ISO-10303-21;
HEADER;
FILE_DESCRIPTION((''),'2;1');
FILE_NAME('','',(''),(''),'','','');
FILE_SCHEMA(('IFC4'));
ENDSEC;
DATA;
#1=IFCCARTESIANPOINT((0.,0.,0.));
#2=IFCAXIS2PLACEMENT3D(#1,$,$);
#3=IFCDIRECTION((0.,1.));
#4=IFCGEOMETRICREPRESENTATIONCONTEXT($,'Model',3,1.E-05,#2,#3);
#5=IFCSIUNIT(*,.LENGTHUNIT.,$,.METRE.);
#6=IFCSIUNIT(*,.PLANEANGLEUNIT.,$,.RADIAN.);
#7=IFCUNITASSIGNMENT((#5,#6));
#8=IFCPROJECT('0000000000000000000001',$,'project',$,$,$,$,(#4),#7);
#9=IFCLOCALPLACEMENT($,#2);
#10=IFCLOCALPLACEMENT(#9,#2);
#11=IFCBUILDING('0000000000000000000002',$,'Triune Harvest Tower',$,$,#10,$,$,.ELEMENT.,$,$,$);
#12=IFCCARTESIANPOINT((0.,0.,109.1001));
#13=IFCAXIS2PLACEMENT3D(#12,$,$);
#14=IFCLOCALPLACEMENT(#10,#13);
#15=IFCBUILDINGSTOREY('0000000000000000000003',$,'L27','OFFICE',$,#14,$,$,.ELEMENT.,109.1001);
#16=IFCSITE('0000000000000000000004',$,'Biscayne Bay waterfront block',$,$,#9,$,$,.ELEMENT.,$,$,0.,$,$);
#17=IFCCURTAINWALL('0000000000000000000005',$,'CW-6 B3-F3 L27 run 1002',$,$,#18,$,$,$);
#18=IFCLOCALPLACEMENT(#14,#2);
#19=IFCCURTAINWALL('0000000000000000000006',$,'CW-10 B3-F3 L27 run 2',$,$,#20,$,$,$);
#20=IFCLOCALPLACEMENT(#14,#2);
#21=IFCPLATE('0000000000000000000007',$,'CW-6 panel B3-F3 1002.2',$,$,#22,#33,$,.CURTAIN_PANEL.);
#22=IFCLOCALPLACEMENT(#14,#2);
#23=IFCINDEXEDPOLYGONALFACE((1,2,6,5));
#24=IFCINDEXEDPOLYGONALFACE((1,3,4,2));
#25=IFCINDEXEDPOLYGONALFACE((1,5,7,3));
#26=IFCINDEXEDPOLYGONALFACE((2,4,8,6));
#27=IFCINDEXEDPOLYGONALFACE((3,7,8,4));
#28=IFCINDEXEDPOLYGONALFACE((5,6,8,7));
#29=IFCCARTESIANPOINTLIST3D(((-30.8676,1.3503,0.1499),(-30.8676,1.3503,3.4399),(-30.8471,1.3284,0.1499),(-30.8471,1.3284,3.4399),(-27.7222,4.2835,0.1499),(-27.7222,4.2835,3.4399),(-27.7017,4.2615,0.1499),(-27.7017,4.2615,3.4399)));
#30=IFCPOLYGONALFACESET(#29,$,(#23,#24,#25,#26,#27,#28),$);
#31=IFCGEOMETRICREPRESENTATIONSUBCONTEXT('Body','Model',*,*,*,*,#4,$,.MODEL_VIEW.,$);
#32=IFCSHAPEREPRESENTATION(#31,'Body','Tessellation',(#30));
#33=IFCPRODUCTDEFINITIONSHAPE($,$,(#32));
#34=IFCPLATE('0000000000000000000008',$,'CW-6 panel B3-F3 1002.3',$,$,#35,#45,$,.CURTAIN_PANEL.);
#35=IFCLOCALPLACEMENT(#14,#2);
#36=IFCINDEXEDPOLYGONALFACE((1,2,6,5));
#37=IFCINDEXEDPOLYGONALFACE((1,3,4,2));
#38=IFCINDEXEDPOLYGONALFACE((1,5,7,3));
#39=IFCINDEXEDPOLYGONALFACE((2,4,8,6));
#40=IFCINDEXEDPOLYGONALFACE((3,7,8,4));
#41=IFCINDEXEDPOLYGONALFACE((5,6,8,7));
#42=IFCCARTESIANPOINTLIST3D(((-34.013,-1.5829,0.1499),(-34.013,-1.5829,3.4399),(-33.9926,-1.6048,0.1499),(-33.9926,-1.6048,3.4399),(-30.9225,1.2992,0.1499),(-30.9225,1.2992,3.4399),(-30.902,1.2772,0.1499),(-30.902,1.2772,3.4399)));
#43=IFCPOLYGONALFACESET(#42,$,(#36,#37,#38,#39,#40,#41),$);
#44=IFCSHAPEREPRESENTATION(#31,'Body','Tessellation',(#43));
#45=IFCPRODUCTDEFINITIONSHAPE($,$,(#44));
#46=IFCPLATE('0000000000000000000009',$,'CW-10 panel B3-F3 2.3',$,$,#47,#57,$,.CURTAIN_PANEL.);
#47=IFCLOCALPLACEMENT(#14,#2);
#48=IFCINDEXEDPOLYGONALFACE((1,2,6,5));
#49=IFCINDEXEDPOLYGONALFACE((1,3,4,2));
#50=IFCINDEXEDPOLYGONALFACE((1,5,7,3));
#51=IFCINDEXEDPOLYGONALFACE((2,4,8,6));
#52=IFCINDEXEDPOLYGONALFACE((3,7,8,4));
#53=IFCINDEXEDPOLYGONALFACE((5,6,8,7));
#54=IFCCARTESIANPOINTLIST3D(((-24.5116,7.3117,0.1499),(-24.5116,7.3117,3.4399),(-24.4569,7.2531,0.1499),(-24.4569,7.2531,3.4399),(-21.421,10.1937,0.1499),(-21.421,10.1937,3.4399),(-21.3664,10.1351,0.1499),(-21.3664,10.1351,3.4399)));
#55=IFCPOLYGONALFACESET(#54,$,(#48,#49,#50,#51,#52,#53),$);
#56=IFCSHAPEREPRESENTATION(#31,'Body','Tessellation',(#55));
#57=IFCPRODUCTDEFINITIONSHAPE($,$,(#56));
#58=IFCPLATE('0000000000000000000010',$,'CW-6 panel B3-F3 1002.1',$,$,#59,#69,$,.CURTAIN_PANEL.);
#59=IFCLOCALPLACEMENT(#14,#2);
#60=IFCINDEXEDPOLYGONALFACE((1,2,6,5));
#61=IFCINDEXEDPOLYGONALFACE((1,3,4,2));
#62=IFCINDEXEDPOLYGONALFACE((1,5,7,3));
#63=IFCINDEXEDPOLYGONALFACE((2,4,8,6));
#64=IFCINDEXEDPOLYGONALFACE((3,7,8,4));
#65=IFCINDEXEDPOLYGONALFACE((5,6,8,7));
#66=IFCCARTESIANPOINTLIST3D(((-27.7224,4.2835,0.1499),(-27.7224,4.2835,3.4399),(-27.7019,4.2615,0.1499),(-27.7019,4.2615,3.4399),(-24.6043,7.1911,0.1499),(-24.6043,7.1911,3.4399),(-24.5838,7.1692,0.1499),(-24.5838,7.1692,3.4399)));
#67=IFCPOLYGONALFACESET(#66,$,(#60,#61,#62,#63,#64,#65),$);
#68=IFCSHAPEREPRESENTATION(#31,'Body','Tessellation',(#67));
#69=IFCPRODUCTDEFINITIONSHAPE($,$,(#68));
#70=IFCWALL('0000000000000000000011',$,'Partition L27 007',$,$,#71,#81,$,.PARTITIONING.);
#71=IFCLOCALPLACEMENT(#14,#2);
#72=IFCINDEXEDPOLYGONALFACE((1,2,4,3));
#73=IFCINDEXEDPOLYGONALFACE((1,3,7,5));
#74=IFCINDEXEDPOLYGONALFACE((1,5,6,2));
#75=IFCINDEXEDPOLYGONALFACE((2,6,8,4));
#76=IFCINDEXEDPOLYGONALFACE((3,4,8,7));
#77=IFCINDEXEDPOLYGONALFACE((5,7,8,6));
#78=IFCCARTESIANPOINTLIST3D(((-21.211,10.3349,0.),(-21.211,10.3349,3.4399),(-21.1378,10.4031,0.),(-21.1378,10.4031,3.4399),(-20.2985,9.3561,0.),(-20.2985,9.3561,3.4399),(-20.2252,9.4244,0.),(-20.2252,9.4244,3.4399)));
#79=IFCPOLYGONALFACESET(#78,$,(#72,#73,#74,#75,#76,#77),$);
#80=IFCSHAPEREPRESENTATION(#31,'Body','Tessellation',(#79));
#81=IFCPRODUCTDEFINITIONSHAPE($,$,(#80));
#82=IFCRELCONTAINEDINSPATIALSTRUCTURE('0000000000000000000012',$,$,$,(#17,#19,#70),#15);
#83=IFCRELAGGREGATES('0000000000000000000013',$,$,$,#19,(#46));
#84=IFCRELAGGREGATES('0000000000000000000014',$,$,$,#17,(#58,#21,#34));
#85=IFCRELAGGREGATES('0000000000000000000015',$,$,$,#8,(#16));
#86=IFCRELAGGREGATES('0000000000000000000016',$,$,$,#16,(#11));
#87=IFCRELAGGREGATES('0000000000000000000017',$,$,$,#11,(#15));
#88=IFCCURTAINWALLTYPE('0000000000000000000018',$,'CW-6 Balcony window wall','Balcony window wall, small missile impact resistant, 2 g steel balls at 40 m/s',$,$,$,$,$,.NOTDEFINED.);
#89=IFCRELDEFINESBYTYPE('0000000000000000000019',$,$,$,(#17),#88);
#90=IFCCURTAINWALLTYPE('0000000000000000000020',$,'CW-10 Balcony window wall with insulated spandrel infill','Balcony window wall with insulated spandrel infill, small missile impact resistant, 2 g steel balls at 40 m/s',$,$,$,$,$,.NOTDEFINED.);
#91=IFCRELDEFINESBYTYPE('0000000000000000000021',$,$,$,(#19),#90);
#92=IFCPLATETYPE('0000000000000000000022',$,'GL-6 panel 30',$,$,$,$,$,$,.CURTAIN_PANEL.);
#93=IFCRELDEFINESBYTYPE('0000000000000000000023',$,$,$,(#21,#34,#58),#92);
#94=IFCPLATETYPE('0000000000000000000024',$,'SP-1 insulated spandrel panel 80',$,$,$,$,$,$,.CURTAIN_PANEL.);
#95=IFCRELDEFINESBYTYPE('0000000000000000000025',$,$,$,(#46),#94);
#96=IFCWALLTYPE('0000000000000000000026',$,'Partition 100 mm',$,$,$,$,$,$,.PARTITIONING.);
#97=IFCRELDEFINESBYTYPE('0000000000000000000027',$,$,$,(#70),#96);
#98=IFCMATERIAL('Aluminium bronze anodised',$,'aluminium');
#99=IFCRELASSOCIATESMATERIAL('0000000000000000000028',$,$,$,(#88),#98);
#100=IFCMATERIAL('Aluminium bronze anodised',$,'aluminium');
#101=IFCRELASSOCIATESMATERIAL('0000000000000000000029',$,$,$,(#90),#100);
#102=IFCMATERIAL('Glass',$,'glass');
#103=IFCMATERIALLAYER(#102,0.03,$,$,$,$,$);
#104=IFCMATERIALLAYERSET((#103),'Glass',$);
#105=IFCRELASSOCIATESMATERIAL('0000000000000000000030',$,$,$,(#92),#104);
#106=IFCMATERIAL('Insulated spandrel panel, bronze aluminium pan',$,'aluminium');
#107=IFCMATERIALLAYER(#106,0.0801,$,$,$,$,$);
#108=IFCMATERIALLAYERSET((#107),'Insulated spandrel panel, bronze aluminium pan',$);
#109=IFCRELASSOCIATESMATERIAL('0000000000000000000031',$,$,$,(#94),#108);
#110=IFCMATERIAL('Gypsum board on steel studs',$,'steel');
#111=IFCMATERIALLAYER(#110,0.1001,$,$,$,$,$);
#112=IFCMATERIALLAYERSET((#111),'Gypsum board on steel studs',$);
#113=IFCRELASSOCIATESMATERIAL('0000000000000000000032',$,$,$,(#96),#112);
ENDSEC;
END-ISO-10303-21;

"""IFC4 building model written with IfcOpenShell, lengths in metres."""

from ifc_helpers import new_model, si_unit, direction, frame, frame_2d, origin, origin_2d, place, context, subcontext, project, spatial, rectangle, extrude, source, transform, mapped, material, layer, layer_set, type_object, element, aggregate, save


model = new_model("IFC4")

# Units and contexts
model_context = context("Model", 3, precision=1e-05, world=origin(), true_north=direction((0.0, 1.0)))
body_context = subcontext(model_context, "Body", "Model", "MODEL_VIEW")
ifc_project = project(units=[si_unit("LENGTHUNIT", "METRE"), si_unit("PLANEANGLEUNIT", "RADIAN")], contexts=[model_context])

# Site, building, storey
site_placement = place(None, origin())
site = spatial("IfcSite", under=ifc_project, at=site_placement, Name="Biscayne Bay waterfront block", CompositionType="ELEMENT", RefElevation=0.0)
building_placement = place(site_placement, origin())
building = spatial("IfcBuilding", under=site, at=building_placement, Name="Triune Harvest Tower", CompositionType="ELEMENT")
storey_placement = place(building_placement, frame((0.0, 0.0, 109.1001)))
storey = spatial("IfcBuildingStorey", under=building, at=storey_placement, Name="L27", Description="OFFICE", CompositionType="ELEMENT", Elevation=109.1001)

# Curtain wall
ifc_material_1 = material(Name="Aluminium bronze anodised", Category="aluminium")
curtain_wall_type_1 = type_object("IfcCurtainWallType", Name="CW-6 Balcony window wall", Description="Balcony window wall, small missile impact resistant, 2 g steel balls at 40 m/s", PredefinedType="NOTDEFINED", material=ifc_material_1)
curtain_wall_1_placement = place(storey_placement, origin())
curtain_wall_1 = element("IfcCurtainWall", 1, at=curtain_wall_1_placement, inside=storey, type_object=curtain_wall_type_1, Name="CW-6 B3-F3 L27 run 1002")

# Curtain wall
ifc_material_2 = material(Name="Aluminium bronze anodised", Category="aluminium")
curtain_wall_type_2 = type_object("IfcCurtainWallType", Name="CW-10 Balcony window wall with insulated spandrel infill", Description="Balcony window wall with insulated spandrel infill, small missile impact resistant, 2 g steel balls at 40 m/s", PredefinedType="NOTDEFINED", material=ifc_material_2)
curtain_wall_2_placement = place(storey_placement, origin())
curtain_wall_2 = element("IfcCurtainWall", 2, at=curtain_wall_2_placement, inside=storey, type_object=curtain_wall_type_2, Name="CW-10 B3-F3 L27 run 2")

# Plates
ifc_material_3 = material(Name="Glass", Category="glass")
ifc_layer_1 = layer(ifc_material_3, 0.03)
ifc_layer_set_1 = layer_set([ifc_layer_1], Name="Glass")
plate_type_1 = type_object("IfcPlateType", Name="GL-6 panel 30", PredefinedType="CURTAIN_PANEL", material=ifc_layer_set_1)
plate_1_placement = place(storey_placement, frame((-29.2847, 2.8059, 0.1499), z_axis=(0.0, 0.0, 1.0), x_axis=(-0.731354, -0.681998, 0.0)))
plate_1 = element("IfcPlate", 3, at=plate_1_placement, type_object=plate_type_1, Name="CW-6 panel B3-F3 1002.2", PredefinedType="CURTAIN_PANEL", context=body_context, shape_type="SweptSolid", body=[
    extrude(rectangle(XDim=4.3008, YDim=0.03, at=origin_2d()), origin(), (0.0, 0.0, 1.0), 3.29),
])
plate_2_placement = place(storey_placement, frame((-32.4575, -0.1528, 0.1499), z_axis=(0.0, 0.0, 1.0), x_axis=(-0.731354, -0.681998, 0.0)))
plate_2 = element("IfcPlate", 4, at=plate_2_placement, type_object=plate_type_1, Name="CW-6 panel B3-F3 1002.3", PredefinedType="CURTAIN_PANEL", context=body_context, shape_type="SweptSolid", body=[
    extrude(rectangle(XDim=4.2258, YDim=0.03, at=origin_2d()), origin(), (0.0, 0.0, 1.0), 3.29),
])
ifc_material_4 = material(Name="Insulated spandrel panel, bronze aluminium pan", Category="aluminium")
ifc_layer_2 = layer(ifc_material_4, 0.0801)
ifc_layer_set_2 = layer_set([ifc_layer_2], Name="Insulated spandrel panel, bronze aluminium pan")
plate_type_2 = type_object("IfcPlateType", Name="SP-1 insulated spandrel panel 80", PredefinedType="CURTAIN_PANEL", material=ifc_layer_set_2)
shared_shape_1 = source(origin(), body_context, "Body", "SweptSolid", [
    extrude(rectangle(XDim=4.2258, YDim=0.0801, at=origin_2d()), origin(), (0.0, 0.0, 1.0), 3.29),
])
plate_3_placement = place(storey_placement, frame((-22.939, 8.7234, 0.1499), z_axis=(0.0, 0.0, 1.0), x_axis=(-0.731353, -0.681999, 0.0)))
plate_3 = element("IfcPlate", 5, at=plate_3_placement, type_object=plate_type_2, Name="CW-10 panel B3-F3 2.3", PredefinedType="CURTAIN_PANEL", context=body_context, shape_type="MappedRepresentation", body=[
    mapped(shared_shape_1, transform((0.0, 0.0, 0.0), scale=1.0)),
])
aggregate(curtain_wall_2, [plate_3])
shared_shape_2 = source(origin(), body_context, "Body", "SweptSolid", [
    extrude(rectangle(XDim=4.2634, YDim=0.03, at=origin_2d()), origin(), (0.0, 0.0, 1.0), 3.29),
])
plate_4_placement = place(storey_placement, frame((-26.1531, 5.7263, 0.1499), z_axis=(0.0, 0.0, 1.0), x_axis=(-0.731354, -0.681998, 0.0)))
plate_4 = element("IfcPlate", 6, at=plate_4_placement, type_object=plate_type_1, Name="CW-6 panel B3-F3 1002.1", PredefinedType="CURTAIN_PANEL", context=body_context, shape_type="MappedRepresentation", body=[
    mapped(shared_shape_2, transform((0.0, 0.0, 0.0), scale=1.0)),
])
aggregate(curtain_wall_1, [plate_4, plate_1, plate_2])

# Wall
ifc_material_5 = material(Name="Gypsum board on steel studs", Category="steel")
ifc_layer_3 = layer(ifc_material_5, 0.1001)
ifc_layer_set_3 = layer_set([ifc_layer_3], Name="Gypsum board on steel studs")
wall_type = type_object("IfcWallType", Name="Partition 100 mm", PredefinedType="PARTITIONING", material=ifc_layer_set_3)
shared_shape_3 = source(origin(), body_context, "Body", "SweptSolid", [
    extrude(rectangle(XDim=1.3381, YDim=0.1001, at=frame_2d((0.6689, 0.0))), origin(), (0.0, 0.0, 1.0), 3.4399),
])
wall_placement = place(storey_placement, frame((-21.1743, 10.3689, 0.0), z_axis=(0.0, 0.0, 1.0), x_axis=(0.681954, -0.731395, 0.0)))
element("IfcWall", 7, at=wall_placement, inside=storey, type_object=wall_type, Name="Partition L27 007", PredefinedType="PARTITIONING", context=body_context, shape_type="MappedRepresentation", body=[
    mapped(shared_shape_3, transform((0.0, 0.0, 0.0), scale=1.0)),
])

save(model, "model.ifc")
